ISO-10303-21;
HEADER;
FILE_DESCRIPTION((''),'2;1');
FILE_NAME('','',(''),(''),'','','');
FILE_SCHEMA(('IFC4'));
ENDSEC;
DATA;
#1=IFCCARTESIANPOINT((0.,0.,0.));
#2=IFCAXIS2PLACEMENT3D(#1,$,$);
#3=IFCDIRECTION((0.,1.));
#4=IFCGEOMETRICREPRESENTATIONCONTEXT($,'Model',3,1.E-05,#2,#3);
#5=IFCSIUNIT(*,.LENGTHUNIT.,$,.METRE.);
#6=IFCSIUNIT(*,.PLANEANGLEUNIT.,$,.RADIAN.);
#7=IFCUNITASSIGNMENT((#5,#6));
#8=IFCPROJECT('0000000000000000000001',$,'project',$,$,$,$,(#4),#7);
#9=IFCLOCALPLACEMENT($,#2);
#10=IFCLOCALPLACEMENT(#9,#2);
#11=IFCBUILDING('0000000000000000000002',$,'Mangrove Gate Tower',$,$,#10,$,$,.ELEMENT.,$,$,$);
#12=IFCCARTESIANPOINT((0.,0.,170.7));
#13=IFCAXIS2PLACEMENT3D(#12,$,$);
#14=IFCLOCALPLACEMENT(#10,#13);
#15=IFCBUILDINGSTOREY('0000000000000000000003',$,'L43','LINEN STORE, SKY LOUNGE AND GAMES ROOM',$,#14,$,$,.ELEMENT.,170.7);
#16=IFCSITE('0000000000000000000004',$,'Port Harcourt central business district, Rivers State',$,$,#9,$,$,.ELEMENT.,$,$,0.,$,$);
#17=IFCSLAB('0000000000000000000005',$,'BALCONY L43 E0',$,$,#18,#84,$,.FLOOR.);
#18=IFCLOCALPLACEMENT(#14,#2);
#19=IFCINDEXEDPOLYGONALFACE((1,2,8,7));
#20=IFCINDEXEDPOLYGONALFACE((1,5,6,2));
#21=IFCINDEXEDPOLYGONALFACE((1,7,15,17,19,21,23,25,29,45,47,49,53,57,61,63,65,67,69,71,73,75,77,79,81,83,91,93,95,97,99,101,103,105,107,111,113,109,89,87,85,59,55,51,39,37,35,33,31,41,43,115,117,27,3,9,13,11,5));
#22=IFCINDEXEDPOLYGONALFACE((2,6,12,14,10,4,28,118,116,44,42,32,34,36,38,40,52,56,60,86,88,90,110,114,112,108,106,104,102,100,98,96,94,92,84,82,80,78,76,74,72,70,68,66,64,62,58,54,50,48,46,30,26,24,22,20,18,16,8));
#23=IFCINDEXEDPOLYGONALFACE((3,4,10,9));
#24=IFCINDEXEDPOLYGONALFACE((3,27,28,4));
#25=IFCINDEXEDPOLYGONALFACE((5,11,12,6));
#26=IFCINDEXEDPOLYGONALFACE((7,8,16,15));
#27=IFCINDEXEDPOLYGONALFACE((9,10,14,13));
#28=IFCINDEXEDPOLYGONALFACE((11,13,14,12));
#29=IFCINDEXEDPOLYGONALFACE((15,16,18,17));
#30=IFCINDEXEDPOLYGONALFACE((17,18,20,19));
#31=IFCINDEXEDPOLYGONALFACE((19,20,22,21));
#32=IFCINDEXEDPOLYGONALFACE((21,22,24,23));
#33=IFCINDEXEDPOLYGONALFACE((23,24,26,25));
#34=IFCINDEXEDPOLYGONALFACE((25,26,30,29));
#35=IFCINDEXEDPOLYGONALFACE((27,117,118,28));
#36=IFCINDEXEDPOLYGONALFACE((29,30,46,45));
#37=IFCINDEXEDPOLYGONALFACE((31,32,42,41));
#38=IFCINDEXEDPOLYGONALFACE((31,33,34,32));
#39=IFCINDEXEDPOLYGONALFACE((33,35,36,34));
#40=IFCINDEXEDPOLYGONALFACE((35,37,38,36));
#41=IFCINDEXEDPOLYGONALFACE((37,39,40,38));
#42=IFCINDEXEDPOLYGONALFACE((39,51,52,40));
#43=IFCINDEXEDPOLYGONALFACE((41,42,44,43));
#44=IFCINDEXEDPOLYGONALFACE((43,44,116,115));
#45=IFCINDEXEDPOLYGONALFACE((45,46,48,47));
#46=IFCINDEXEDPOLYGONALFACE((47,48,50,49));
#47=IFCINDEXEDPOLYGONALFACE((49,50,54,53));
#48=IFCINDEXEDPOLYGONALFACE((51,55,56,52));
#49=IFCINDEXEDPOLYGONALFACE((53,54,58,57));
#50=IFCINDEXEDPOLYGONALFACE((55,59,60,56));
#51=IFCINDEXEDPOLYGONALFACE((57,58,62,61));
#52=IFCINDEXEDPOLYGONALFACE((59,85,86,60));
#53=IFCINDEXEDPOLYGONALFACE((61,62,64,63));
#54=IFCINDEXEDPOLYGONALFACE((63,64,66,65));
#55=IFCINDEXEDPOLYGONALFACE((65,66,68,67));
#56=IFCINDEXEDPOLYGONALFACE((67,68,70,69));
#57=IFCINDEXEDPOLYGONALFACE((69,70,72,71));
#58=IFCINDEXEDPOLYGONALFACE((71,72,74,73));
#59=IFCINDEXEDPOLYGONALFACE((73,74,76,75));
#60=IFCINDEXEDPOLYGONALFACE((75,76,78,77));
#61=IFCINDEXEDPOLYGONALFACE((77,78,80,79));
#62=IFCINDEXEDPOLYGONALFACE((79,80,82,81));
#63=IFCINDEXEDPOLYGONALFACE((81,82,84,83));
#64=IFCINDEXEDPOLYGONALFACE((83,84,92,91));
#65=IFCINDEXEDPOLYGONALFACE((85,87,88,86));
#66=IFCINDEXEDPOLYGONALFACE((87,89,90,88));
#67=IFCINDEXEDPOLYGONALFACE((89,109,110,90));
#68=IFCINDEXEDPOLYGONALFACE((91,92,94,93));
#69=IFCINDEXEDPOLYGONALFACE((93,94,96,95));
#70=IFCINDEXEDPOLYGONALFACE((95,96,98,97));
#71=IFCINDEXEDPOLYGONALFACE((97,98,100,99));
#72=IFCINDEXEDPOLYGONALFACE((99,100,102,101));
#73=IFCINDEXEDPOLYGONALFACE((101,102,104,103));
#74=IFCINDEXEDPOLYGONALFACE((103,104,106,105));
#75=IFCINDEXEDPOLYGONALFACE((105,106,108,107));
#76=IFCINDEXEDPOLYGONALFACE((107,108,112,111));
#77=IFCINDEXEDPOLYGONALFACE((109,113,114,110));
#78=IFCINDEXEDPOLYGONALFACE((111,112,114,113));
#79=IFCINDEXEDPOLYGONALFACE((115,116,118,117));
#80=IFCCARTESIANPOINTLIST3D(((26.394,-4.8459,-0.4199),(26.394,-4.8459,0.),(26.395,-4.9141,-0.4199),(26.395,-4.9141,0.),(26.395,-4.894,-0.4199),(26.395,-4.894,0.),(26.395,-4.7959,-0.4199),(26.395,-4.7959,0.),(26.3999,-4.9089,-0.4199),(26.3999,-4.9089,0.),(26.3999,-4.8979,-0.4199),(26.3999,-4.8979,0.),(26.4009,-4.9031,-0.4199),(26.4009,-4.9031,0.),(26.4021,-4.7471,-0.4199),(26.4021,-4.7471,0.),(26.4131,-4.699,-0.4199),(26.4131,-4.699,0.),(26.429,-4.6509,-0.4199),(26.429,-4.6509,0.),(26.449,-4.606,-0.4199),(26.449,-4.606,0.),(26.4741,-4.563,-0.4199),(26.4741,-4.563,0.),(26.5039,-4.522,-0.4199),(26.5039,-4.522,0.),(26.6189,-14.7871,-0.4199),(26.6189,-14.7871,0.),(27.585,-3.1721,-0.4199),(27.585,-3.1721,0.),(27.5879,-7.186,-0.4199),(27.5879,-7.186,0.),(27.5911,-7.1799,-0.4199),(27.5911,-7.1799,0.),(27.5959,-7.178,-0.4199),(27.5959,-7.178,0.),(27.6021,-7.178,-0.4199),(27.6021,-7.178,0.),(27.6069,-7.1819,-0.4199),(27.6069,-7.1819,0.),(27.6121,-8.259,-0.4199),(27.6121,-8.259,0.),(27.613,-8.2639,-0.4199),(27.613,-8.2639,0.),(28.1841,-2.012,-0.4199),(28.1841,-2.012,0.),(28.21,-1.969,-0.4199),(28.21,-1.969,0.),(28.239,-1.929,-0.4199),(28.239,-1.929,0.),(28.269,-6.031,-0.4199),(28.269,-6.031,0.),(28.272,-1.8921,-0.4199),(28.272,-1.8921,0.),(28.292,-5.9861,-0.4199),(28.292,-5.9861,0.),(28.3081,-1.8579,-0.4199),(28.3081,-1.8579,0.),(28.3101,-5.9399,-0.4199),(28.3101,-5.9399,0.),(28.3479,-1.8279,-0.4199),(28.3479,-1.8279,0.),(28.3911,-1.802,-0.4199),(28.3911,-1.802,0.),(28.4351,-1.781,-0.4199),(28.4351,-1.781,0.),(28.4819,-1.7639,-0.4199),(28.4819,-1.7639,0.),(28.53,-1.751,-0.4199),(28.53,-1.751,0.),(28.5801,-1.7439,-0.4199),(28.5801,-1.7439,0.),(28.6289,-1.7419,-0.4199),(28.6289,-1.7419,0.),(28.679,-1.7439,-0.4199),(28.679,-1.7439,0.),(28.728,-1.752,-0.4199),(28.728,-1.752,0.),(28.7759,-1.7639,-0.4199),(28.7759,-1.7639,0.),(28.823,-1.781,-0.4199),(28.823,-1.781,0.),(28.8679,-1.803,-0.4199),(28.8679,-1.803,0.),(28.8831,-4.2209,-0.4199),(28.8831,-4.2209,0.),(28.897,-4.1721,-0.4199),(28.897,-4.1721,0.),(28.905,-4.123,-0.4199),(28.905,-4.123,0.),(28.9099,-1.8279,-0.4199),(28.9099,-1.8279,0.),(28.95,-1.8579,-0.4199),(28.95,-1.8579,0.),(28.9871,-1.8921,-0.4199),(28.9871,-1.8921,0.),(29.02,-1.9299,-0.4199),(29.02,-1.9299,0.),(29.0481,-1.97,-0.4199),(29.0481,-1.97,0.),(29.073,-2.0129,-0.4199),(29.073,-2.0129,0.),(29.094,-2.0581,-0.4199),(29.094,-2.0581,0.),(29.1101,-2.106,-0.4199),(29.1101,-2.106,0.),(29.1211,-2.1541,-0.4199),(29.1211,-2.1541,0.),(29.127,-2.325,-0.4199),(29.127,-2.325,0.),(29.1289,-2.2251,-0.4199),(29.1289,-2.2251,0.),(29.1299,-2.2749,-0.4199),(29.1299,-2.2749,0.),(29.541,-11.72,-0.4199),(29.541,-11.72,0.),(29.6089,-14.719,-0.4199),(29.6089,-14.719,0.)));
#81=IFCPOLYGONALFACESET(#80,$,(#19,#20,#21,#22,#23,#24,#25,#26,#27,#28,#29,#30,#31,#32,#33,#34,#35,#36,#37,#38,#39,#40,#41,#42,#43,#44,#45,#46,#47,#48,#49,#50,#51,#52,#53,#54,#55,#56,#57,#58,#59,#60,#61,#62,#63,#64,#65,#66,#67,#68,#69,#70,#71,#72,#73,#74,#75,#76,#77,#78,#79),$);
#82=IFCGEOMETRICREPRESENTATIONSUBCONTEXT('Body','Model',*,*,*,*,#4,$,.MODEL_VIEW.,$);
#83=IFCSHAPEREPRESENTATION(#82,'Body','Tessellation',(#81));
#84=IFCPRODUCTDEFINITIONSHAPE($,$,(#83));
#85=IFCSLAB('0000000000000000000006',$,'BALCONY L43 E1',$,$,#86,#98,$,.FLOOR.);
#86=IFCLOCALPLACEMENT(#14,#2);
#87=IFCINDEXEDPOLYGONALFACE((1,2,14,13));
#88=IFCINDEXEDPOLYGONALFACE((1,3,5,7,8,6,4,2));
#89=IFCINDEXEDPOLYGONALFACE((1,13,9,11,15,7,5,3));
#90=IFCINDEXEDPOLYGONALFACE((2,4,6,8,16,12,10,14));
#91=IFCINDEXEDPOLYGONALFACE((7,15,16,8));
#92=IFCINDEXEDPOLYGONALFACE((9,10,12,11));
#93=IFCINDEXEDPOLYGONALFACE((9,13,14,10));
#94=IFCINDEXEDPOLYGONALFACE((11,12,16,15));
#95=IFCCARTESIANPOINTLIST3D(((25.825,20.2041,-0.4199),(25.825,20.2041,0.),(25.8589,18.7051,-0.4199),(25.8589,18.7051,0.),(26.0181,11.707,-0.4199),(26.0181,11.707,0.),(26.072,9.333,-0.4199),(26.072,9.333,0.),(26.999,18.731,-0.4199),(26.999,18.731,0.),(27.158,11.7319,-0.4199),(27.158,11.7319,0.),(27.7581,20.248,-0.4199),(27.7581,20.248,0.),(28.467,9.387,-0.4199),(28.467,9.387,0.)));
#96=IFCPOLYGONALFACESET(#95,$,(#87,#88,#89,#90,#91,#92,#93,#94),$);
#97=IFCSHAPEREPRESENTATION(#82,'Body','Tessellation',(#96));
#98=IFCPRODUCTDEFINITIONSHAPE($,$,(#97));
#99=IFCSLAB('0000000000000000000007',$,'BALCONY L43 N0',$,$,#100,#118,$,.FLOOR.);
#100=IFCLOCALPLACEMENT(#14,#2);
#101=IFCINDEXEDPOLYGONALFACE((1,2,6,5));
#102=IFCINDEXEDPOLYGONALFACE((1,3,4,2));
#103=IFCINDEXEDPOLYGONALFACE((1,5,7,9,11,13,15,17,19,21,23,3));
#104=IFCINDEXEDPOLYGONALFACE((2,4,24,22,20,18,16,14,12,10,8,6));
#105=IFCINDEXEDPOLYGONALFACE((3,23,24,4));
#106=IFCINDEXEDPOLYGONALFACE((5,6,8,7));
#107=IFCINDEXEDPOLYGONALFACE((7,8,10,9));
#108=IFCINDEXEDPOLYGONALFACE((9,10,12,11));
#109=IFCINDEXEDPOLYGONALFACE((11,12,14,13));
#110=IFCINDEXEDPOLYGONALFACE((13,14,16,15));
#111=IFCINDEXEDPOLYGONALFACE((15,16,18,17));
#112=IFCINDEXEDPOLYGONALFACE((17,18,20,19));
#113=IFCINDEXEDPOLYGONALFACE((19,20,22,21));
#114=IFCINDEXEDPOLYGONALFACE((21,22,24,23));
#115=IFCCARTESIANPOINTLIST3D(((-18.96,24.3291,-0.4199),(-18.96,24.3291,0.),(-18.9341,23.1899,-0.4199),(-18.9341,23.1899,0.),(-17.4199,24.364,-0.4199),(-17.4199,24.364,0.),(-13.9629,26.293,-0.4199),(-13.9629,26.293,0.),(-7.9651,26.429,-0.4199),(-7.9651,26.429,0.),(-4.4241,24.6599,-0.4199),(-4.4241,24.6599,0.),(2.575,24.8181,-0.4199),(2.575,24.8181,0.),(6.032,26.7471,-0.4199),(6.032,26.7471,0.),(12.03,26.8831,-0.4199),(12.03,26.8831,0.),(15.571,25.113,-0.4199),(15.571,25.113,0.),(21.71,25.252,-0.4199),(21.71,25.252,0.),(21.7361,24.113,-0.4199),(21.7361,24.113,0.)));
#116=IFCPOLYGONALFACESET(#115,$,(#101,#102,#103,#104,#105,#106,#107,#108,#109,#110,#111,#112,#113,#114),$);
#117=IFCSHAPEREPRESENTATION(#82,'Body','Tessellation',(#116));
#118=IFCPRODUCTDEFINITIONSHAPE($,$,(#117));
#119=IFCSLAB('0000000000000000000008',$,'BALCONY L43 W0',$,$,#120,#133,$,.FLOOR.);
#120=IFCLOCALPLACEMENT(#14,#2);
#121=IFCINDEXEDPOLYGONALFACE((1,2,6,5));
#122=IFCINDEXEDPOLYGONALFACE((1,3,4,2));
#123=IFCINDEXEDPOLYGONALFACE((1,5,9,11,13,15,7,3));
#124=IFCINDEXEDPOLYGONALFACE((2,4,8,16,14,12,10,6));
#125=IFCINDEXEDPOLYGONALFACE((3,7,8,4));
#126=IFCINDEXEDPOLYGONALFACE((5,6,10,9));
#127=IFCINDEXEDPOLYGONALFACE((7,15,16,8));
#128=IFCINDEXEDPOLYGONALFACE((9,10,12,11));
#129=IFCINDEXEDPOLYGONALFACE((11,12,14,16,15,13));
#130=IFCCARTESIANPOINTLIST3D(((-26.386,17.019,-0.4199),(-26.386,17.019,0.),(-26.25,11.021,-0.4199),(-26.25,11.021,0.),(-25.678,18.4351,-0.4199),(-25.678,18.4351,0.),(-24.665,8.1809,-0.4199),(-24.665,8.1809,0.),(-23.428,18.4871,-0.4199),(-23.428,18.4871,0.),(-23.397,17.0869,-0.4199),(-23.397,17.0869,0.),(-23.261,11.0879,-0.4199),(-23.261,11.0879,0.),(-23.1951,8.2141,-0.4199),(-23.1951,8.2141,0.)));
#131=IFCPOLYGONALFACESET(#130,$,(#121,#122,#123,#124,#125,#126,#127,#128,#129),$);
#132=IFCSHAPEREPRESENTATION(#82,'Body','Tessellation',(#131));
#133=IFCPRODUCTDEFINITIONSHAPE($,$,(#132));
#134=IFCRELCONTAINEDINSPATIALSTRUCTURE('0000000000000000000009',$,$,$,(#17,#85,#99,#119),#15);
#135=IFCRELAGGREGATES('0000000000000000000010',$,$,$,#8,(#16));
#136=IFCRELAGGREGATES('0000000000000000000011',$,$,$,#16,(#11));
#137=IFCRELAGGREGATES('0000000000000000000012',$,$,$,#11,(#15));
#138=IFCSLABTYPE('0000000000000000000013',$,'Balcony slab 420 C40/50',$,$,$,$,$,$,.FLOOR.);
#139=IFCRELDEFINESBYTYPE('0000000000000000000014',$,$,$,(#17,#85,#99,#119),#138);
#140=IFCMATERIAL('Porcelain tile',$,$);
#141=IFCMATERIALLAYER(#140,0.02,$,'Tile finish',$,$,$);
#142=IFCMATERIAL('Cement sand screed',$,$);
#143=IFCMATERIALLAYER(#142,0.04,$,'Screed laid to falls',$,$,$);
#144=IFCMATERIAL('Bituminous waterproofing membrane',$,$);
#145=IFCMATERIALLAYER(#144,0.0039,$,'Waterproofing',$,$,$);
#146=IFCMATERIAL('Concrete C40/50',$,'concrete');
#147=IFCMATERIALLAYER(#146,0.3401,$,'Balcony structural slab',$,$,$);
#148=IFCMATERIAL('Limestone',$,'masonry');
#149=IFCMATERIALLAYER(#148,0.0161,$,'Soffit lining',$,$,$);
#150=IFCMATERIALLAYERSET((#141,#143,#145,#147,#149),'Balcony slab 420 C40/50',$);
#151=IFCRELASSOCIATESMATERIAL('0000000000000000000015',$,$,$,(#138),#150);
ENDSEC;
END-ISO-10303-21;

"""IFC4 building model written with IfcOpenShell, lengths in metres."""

from ifc_helpers import new_model, si_unit, direction, frame, origin, place, context, subcontext, project, spatial, polyline, outline, extrude, material, layer, layer_set, type_object, element, save


model = new_model("IFC4")

# Units and contexts
model_context = context("Model", 3, precision=1e-05, world=origin(), true_north=direction((0.0, 1.0)))
body_context = subcontext(model_context, "Body", "Model", "MODEL_VIEW")
ifc_project = project(units=[si_unit("LENGTHUNIT", "METRE"), si_unit("PLANEANGLEUNIT", "RADIAN")], contexts=[model_context])

# Site, building, storey
site_placement = place(None, origin())
site = spatial("IfcSite", under=ifc_project, at=site_placement, Name="Port Harcourt central business district, Rivers State", CompositionType="ELEMENT", RefElevation=0.0)
building_placement = place(site_placement, origin())
building = spatial("IfcBuilding", under=site, at=building_placement, Name="Mangrove Gate Tower", CompositionType="ELEMENT")
storey_placement = place(building_placement, frame((0.0, 0.0, 170.7)))
storey = spatial("IfcBuildingStorey", under=building, at=storey_placement, Name="L43", Description="LINEN STORE, SKY LOUNGE AND GAMES ROOM", CompositionType="ELEMENT", Elevation=170.7)

# Slabs
ifc_material_1 = material(Name="Porcelain tile")
ifc_layer_1 = layer(ifc_material_1, 0.02, Name="Tile finish")
ifc_material_2 = material(Name="Cement sand screed")
ifc_layer_2 = layer(ifc_material_2, 0.04, Name="Screed laid to falls")
ifc_material_3 = material(Name="Bituminous waterproofing membrane")
ifc_layer_3 = layer(ifc_material_3, 0.0039, Name="Waterproofing")
ifc_material_4 = material(Name="Concrete C40/50", Category="concrete")
ifc_layer_4 = layer(ifc_material_4, 0.3401, Name="Balcony structural slab")
ifc_material_5 = material(Name="Limestone", Category="masonry")
ifc_layer_5 = layer(ifc_material_5, 0.0161, Name="Soffit lining")
ifc_layer_set_1 = layer_set([ifc_layer_1, ifc_layer_2, ifc_layer_3, ifc_layer_4, ifc_layer_5], Name="Balcony slab 420 C40/50")
slab_type_1 = type_object("IfcSlabType", Name="Balcony slab 420 C40/50", PredefinedType="FLOOR", material=ifc_layer_set_1)
slab_1_placement = place(storey_placement, frame((0.0, 0.0, -0.4199)))
element("IfcSlab", 1, at=slab_1_placement, inside=storey, type_object=slab_type_1, Name="BALCONY L43 E0", PredefinedType="FLOOR", context=body_context, shape_type="SweptSolid", body=[
    extrude(outline(polyline([(26.3999, -4.8979), (26.4009, -4.9031), (26.3999, -4.9089), (26.395, -4.9141), (26.6189, -14.7871), (29.6089, -14.719), (29.541, -11.72), (27.613, -8.2639), (27.6121, -8.259), (27.5879, -7.186), (27.5911, -7.1799), (27.5959, -7.178), (27.6021, -7.178), (27.6069, -7.1819), (28.269, -6.031), (28.292, -5.9861), (28.3101, -5.9399), (28.8831, -4.2209), (28.897, -4.1721), (28.905, -4.123), (29.127, -2.325), (29.1299, -2.2749), (29.1289, -2.2251), (29.1211, -2.1541), (29.1101, -2.106), (29.094, -2.0581), (29.073, -2.0129), (29.0481, -1.97), (29.02, -1.9299), (28.9871, -1.8921), (28.95, -1.8579), (28.9099, -1.8279), (28.8679, -1.803), (28.823, -1.781), (28.7759, -1.7639), (28.728, -1.752), (28.679, -1.7439), (28.6289, -1.7419), (28.5801, -1.7439), (28.53, -1.751), (28.4819, -1.7639), (28.4351, -1.781), (28.3911, -1.802), (28.3479, -1.8279), (28.3081, -1.8579), (28.272, -1.8921), (28.239, -1.929), (28.21, -1.969), (28.1841, -2.012), (27.585, -3.1721), (26.5039, -4.522), (26.4741, -4.563), (26.449, -4.606), (26.429, -4.6509), (26.4131, -4.699), (26.4021, -4.7471), (26.395, -4.7959), (26.394, -4.8459), (26.395, -4.894), (26.3999, -4.8979)])), origin(), (0.0, 0.0, 1.0), 0.4199),
])
slab_2_placement = place(storey_placement, frame((0.0, 0.0, -0.4199)))
element("IfcSlab", 2, at=slab_2_placement, inside=storey, type_object=slab_type_1, Name="BALCONY L43 E1", PredefinedType="FLOOR", context=body_context, shape_type="SweptSolid", body=[
    extrude(outline(polyline([(28.467, 9.387), (27.158, 11.7319), (26.999, 18.731), (27.7581, 20.248), (25.825, 20.2041), (25.8589, 18.7051), (26.0181, 11.707), (26.072, 9.333), (28.467, 9.387)])), origin(), (0.0, 0.0, 1.0), 0.4199),
])
slab_3_placement = place(storey_placement, frame((0.0, 0.0, -0.4199)))
element("IfcSlab", 3, at=slab_3_placement, inside=storey, type_object=slab_type_1, Name="BALCONY L43 N0", PredefinedType="FLOOR", context=body_context, shape_type="SweptSolid", body=[
    extrude(outline(polyline([(21.71, 25.252), (15.571, 25.113), (12.03, 26.8831), (6.032, 26.7471), (2.575, 24.8181), (-4.4241, 24.6599), (-7.9651, 26.429), (-13.9629, 26.293), (-17.4199, 24.364), (-18.96, 24.3291), (-18.9341, 23.1899), (21.7361, 24.113), (21.71, 25.252)])), origin(), (0.0, 0.0, 1.0), 0.4199),
])
slab_4_placement = place(storey_placement, frame((0.0, 0.0, -0.4199)))
element("IfcSlab", 4, at=slab_4_placement, inside=storey, type_object=slab_type_1, Name="BALCONY L43 W0", PredefinedType="FLOOR", context=body_context, shape_type="SweptSolid", body=[
    extrude(outline(polyline([(-25.678, 18.4351), (-26.386, 17.019), (-26.25, 11.021), (-24.665, 8.1809), (-23.1951, 8.2141), (-23.261, 11.0879), (-23.397, 17.0869), (-23.428, 18.4871), (-25.678, 18.4351)])), origin(), (0.0, 0.0, 1.0), 0.4199),
])

save(model, "model.ifc")
